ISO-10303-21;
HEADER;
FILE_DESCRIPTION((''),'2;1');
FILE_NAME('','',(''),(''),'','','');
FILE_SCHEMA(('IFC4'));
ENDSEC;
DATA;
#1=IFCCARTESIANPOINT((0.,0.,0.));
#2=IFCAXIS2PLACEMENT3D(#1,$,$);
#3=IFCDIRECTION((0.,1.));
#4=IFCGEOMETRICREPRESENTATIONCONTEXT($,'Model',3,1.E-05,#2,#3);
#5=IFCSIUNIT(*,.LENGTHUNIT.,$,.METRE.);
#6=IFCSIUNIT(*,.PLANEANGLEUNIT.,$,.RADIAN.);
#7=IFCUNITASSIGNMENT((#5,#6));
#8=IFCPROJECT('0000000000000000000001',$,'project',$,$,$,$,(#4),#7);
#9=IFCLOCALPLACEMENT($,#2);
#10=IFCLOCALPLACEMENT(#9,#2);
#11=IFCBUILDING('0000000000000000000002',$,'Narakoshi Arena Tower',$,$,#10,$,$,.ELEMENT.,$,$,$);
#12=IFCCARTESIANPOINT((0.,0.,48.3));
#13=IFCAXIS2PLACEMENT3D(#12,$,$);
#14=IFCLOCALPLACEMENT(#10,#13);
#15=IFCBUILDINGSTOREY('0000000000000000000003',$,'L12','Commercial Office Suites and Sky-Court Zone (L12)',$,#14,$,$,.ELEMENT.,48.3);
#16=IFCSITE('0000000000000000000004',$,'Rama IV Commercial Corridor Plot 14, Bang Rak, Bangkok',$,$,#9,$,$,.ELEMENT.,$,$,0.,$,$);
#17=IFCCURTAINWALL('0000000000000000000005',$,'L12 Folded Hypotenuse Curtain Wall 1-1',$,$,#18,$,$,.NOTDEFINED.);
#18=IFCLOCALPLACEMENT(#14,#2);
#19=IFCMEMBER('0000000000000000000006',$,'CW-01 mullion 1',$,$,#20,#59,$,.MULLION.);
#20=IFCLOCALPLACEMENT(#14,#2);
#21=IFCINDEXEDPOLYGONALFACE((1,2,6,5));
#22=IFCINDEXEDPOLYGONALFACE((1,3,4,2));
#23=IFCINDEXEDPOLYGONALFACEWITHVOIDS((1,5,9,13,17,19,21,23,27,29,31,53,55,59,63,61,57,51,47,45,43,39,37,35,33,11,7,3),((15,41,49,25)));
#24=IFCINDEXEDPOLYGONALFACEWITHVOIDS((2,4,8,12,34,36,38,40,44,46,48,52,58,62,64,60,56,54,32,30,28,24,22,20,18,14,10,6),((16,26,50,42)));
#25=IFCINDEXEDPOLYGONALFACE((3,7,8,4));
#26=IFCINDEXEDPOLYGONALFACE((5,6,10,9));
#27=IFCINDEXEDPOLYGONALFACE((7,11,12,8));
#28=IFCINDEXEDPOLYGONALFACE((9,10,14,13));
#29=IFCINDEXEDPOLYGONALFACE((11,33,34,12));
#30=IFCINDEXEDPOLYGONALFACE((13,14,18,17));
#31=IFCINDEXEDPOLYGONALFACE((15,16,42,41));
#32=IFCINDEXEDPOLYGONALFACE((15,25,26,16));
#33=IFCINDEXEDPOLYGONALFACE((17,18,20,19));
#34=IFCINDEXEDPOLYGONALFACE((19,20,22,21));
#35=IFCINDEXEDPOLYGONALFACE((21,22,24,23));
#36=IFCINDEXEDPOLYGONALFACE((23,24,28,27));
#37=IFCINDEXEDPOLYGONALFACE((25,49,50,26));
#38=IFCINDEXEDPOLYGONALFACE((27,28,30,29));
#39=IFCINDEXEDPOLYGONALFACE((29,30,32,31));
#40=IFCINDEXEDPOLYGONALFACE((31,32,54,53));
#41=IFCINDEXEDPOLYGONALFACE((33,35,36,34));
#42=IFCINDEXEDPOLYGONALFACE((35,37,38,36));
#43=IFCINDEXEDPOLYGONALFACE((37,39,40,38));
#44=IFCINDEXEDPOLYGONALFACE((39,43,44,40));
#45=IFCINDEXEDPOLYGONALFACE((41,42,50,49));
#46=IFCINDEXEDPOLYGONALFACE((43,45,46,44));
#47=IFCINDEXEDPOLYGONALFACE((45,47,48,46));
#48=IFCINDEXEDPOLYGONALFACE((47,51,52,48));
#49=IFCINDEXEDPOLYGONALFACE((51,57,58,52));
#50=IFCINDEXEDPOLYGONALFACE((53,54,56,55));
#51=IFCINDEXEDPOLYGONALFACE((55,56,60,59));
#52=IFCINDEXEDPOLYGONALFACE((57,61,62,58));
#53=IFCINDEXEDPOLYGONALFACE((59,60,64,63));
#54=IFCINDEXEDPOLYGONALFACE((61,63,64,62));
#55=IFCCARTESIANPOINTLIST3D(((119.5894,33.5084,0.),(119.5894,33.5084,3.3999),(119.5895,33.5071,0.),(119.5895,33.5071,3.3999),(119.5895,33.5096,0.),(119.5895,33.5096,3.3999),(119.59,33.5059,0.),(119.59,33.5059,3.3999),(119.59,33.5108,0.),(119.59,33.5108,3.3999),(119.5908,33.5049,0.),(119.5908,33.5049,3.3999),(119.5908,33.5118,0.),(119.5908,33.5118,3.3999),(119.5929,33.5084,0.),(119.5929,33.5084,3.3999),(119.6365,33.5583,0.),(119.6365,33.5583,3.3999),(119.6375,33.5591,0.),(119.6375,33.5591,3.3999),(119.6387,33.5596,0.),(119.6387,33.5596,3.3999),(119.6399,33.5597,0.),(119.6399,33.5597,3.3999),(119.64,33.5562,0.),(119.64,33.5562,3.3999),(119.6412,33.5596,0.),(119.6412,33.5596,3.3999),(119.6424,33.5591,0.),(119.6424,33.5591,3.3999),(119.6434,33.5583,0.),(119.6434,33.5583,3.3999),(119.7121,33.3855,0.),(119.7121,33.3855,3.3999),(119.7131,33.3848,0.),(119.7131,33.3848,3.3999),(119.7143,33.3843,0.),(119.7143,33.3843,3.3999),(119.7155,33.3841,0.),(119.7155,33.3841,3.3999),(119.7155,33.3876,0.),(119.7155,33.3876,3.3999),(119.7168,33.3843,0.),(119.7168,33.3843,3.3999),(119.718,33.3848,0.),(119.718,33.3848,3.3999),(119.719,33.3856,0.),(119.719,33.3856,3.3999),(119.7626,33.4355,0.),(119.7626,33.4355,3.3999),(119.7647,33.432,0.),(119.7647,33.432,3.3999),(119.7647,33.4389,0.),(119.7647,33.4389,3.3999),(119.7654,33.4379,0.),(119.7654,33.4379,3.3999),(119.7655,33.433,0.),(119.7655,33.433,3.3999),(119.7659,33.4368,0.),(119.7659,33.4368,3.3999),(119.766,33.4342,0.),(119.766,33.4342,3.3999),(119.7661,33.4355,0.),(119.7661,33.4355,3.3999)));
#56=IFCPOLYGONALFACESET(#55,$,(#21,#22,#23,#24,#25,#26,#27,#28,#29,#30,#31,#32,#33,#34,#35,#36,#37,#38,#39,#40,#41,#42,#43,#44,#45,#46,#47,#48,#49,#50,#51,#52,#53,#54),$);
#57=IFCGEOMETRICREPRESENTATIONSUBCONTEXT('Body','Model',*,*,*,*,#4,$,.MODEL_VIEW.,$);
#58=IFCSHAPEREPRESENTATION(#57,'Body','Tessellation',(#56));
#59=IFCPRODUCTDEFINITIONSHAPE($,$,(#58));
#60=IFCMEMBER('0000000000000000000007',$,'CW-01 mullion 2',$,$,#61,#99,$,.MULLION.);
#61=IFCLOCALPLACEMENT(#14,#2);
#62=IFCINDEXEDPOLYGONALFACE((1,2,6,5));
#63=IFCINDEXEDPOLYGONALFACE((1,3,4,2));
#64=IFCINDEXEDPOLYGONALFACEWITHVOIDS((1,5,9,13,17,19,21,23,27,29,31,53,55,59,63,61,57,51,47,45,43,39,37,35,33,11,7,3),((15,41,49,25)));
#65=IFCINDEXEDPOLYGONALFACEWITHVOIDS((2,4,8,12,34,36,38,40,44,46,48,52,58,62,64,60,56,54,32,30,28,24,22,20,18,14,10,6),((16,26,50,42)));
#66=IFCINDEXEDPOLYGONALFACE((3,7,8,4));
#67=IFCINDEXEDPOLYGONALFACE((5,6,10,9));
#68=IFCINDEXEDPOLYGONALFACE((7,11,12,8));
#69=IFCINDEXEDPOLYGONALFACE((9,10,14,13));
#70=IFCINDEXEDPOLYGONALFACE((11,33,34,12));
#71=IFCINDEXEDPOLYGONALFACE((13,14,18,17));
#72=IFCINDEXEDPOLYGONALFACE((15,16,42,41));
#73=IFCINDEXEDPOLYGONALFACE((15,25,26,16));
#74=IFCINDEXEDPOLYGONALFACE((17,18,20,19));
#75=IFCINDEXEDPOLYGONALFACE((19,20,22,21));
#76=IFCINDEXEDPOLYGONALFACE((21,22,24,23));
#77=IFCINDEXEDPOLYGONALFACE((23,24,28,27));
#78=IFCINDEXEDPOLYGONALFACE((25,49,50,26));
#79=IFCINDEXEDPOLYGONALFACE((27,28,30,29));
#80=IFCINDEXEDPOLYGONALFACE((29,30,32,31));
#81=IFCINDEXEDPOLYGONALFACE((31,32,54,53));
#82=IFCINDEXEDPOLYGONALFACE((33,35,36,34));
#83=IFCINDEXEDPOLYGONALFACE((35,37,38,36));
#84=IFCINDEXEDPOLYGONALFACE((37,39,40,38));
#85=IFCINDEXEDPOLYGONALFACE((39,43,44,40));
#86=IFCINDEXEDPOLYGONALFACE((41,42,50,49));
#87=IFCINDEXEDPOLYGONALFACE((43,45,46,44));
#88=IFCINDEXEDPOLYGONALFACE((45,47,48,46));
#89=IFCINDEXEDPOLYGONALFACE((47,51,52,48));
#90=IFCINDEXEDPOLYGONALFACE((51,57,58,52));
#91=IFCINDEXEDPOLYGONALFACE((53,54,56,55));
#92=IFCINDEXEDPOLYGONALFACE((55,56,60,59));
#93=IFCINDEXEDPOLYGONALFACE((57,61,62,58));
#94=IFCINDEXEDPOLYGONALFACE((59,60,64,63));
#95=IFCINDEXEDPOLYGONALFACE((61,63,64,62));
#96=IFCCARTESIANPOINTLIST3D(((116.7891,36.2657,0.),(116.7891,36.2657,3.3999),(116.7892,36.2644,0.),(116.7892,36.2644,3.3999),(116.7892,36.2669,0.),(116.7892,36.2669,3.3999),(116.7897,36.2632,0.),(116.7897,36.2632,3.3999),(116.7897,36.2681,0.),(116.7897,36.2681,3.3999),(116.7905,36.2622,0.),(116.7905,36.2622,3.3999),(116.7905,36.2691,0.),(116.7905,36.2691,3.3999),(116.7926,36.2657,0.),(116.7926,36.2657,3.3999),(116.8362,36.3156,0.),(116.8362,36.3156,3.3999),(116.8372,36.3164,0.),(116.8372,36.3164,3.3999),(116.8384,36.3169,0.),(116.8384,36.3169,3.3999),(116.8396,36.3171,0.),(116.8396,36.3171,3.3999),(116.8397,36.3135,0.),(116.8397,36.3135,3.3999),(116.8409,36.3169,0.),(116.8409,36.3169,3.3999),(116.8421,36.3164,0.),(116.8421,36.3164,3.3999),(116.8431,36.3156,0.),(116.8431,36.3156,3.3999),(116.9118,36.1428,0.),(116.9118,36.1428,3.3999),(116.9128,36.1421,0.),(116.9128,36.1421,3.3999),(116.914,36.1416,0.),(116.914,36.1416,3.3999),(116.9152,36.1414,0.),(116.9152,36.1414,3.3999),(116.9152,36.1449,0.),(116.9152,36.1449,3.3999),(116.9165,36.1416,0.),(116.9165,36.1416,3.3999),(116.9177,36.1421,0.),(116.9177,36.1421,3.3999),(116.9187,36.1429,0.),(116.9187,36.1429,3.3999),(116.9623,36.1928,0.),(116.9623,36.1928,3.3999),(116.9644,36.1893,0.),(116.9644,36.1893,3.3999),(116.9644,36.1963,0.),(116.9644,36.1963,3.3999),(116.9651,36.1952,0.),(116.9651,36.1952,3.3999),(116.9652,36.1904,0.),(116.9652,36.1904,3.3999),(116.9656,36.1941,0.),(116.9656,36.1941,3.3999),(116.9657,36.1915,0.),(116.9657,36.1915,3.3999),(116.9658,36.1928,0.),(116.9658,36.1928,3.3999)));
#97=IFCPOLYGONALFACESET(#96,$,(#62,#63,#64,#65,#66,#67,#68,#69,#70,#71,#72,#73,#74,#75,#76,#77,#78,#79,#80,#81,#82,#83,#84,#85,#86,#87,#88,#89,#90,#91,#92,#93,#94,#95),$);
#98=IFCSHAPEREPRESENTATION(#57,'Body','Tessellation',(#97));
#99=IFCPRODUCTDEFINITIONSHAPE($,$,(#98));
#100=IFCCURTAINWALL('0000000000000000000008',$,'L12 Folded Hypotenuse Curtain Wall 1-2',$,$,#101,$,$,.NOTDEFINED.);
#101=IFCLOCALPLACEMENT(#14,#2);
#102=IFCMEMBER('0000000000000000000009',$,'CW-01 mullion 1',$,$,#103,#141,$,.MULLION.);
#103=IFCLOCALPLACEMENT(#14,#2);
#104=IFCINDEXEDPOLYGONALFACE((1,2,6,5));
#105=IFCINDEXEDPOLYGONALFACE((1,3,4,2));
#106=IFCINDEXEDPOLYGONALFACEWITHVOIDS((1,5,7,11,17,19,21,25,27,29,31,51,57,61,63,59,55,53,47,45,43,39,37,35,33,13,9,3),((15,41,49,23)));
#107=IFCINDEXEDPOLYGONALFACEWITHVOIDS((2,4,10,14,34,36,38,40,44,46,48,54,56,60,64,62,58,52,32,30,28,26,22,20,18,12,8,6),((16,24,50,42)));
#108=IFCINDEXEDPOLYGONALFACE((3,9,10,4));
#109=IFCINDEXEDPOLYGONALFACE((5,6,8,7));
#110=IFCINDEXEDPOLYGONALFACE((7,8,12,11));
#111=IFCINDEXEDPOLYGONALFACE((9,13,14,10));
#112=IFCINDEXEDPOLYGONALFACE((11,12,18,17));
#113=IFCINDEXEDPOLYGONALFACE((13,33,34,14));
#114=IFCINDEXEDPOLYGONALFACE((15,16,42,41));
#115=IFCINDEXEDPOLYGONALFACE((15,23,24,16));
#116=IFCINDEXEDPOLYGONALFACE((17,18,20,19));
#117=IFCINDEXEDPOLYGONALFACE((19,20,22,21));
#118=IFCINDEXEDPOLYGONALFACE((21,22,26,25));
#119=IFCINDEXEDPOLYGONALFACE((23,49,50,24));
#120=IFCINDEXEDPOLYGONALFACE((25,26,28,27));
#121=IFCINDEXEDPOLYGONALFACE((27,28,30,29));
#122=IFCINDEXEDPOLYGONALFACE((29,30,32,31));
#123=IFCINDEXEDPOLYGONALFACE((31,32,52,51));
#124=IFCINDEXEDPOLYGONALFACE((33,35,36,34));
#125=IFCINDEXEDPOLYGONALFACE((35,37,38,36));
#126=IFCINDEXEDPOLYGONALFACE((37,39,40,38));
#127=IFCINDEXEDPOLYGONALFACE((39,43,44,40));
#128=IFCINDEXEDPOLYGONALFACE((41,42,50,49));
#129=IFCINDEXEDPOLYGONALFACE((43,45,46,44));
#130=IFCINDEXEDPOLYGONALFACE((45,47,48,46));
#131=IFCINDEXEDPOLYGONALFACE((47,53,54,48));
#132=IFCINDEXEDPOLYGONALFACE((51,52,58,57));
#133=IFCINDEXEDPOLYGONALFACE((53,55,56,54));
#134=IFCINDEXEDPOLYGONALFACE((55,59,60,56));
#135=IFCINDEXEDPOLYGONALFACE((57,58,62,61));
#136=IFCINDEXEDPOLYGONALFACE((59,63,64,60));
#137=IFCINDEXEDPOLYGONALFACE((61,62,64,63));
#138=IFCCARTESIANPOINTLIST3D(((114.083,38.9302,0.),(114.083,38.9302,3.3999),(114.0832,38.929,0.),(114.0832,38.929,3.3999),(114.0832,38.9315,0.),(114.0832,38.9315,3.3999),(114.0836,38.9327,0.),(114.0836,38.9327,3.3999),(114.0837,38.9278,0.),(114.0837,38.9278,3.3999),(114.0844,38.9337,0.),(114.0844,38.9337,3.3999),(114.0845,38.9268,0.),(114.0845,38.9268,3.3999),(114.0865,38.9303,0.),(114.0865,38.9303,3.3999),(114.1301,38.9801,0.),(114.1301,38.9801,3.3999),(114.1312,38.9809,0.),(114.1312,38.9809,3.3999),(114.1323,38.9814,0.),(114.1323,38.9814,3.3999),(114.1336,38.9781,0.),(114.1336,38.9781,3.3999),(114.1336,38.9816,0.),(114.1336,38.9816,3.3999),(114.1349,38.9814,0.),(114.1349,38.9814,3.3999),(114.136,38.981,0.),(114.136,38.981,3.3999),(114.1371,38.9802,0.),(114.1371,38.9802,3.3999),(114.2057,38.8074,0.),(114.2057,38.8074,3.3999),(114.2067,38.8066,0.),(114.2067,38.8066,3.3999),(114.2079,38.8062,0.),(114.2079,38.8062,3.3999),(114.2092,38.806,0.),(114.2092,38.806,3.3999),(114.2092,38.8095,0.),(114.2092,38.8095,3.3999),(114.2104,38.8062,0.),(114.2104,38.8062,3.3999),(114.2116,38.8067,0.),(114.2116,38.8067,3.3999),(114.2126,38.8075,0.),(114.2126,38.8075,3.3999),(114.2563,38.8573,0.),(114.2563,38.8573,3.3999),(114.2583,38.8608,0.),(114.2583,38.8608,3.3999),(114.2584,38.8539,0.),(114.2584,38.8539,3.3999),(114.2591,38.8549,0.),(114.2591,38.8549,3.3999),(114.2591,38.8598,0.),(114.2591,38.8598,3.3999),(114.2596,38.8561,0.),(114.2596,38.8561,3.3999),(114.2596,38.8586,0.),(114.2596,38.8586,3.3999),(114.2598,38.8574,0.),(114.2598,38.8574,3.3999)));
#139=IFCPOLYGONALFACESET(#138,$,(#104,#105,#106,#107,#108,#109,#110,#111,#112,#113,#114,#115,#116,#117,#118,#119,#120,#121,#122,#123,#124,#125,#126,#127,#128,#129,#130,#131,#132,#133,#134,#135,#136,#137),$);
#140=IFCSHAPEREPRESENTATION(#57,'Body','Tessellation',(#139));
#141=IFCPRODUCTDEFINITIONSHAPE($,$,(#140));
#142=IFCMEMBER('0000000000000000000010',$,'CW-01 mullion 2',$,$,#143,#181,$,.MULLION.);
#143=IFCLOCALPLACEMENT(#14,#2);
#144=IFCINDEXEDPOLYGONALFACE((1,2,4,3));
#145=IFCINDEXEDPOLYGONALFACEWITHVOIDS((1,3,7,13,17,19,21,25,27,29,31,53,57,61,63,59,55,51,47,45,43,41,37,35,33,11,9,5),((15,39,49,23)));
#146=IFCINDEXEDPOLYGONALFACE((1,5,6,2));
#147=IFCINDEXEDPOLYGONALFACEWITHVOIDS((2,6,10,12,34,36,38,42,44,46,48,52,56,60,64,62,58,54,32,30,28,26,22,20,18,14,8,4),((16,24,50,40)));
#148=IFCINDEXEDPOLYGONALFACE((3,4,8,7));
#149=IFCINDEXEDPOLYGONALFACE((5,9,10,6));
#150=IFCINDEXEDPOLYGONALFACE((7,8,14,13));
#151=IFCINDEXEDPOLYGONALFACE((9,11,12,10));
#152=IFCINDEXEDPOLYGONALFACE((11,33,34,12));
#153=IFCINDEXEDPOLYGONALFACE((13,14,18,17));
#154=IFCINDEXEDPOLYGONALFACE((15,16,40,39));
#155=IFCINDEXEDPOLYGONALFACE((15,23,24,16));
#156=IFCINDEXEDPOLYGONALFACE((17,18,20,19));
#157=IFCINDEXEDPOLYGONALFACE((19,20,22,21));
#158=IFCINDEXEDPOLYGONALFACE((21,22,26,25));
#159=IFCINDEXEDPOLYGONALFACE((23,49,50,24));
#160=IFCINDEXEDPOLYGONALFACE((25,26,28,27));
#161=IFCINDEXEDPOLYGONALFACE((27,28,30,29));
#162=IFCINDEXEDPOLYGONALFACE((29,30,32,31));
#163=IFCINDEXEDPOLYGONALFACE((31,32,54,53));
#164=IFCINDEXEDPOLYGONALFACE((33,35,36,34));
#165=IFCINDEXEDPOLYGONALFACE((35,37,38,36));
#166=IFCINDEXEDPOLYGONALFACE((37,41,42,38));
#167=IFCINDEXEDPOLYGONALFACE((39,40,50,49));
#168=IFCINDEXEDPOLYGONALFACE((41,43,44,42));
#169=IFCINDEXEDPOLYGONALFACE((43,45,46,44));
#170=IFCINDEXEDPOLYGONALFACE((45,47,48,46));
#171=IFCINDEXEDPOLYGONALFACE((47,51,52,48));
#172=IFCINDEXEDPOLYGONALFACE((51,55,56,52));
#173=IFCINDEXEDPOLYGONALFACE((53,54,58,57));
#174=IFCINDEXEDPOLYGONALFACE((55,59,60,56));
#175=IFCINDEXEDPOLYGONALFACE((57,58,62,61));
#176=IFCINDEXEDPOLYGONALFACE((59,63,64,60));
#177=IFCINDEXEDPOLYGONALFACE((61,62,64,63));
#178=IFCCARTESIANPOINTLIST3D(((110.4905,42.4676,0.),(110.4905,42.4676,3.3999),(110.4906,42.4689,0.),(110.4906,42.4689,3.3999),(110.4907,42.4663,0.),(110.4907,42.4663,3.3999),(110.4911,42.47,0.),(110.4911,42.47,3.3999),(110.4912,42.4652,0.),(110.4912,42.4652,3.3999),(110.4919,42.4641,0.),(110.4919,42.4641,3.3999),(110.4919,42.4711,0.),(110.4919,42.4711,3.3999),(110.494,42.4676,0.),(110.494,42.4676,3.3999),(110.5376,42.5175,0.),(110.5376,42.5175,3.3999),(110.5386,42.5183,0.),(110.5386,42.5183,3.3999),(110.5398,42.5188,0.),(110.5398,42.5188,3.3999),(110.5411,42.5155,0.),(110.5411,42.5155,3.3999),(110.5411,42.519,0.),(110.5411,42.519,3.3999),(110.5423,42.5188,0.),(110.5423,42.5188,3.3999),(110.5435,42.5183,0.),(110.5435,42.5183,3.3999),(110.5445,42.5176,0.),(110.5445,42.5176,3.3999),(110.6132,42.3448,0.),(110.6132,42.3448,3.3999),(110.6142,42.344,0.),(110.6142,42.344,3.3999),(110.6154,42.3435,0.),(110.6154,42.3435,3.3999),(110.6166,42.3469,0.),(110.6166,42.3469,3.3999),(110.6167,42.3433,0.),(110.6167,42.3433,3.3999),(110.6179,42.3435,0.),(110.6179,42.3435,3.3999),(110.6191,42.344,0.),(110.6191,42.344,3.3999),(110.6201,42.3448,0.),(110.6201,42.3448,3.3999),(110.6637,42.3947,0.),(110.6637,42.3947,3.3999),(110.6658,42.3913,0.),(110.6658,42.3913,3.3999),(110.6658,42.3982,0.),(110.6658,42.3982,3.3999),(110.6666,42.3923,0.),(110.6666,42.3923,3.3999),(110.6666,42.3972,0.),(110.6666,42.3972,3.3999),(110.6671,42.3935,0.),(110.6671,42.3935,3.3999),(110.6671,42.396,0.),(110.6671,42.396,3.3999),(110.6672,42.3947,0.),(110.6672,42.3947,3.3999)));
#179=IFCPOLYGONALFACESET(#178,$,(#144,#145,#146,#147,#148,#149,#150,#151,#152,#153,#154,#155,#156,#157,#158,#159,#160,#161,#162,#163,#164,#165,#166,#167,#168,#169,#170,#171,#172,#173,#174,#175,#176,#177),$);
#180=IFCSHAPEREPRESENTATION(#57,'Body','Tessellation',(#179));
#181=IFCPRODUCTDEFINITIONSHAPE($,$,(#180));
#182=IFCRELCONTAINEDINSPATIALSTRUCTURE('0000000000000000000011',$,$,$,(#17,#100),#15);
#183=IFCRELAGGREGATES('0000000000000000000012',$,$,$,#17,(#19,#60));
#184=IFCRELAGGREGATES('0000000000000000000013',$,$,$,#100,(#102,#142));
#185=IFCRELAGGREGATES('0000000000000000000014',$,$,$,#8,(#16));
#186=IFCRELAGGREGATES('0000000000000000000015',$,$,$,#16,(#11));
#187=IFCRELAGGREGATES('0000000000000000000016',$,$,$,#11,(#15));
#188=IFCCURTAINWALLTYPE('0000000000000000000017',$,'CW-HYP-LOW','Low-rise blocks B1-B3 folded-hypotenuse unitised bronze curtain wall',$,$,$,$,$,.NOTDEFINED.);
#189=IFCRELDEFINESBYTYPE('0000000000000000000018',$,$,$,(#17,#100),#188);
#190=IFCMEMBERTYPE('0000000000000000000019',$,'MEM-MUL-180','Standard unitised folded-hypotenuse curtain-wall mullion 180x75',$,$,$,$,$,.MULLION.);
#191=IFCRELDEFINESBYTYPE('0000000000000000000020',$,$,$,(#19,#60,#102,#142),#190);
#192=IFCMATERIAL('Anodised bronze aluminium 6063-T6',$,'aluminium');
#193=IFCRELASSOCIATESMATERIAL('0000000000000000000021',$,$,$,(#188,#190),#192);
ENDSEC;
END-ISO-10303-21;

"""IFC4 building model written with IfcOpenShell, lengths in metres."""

from ifc_helpers import new_model, si_unit, direction, frame, origin, origin_2d, place, context, subcontext, project, spatial, hollow_rectangle, extrude, material, material_profile, profile_set, type_object, element, aggregate, save


model = new_model("IFC4")

# Units and contexts
model_context = context("Model", 3, precision=1e-05, world=origin(), true_north=direction((0.0, 1.0)))
body_context = subcontext(model_context, "Body", "Model", "MODEL_VIEW")
ifc_project = project(units=[si_unit("LENGTHUNIT", "METRE"), si_unit("PLANEANGLEUNIT", "RADIAN")], contexts=[model_context])

# Site, building, storey
site_placement = place(None, origin())
site = spatial("IfcSite", under=ifc_project, at=site_placement, Name="Rama IV Commercial Corridor Plot 14, Bang Rak, Bangkok", CompositionType="ELEMENT", RefElevation=0.0)
building_placement = place(site_placement, origin())
building = spatial("IfcBuilding", under=site, at=building_placement, Name="Narakoshi Arena Tower", CompositionType="ELEMENT")
storey_placement = place(building_placement, frame((0.0, 0.0, 48.3)))
storey = spatial("IfcBuildingStorey", under=building, at=storey_placement, Name="L12", Description="Commercial Office Suites and Sky-Court Zone (L12)", CompositionType="ELEMENT", Elevation=48.3)

# Curtain walls, members
ifc_material_1 = material(Name="Anodised bronze aluminium 6063-T6", Category="aluminium")
curtain_wall_type = type_object("IfcCurtainWallType", Name="CW-HYP-LOW", Description="Low-rise blocks B1-B3 folded-hypotenuse unitised bronze curtain wall", PredefinedType="NOTDEFINED", material=ifc_material_1)
curtain_wall_1_placement = place(storey_placement, origin())
curtain_wall_1 = element("IfcCurtainWall", 1, at=curtain_wall_1_placement, inside=storey, type_object=curtain_wall_type, Name="L12 Folded Hypotenuse Curtain Wall 1-1", PredefinedType="NOTDEFINED")
ifc_material_profile_1 = material_profile(ifc_material_1, hollow_rectangle(XDim=0.075, YDim=0.1799, WallThickness=0.0039, OuterFilletRadius=0.0049, at=origin_2d()), Name="MUL180x75x4")
ifc_profile_set_1 = profile_set([ifc_material_profile_1], Name="Anodised bronze aluminium 6063-T6")
member_type_1 = type_object("IfcMemberType", Name="MEM-MUL-180", Description="Standard unitised folded-hypotenuse curtain-wall mullion 180x75", PredefinedType="MULLION", material=ifc_profile_set_1)
member_1_placement = place(storey_placement, frame((119.6777, 33.4719, 0.0), z_axis=(0.0, 0.0, 1.0), x_axis=(-0.70163, -0.712541, 0.0)))
member_1 = element("IfcMember", 2, at=member_1_placement, type_object=member_type_1, Name="CW-01 mullion 1", PredefinedType="MULLION", context=body_context, shape_type="SweptSolid", body=[
    extrude(hollow_rectangle(XDim=0.075, YDim=0.1799, WallThickness=0.0039, OuterFilletRadius=0.0049, at=origin_2d()), origin(), (0.0, 0.0, 1.0), 3.3999),
])
member_2_placement = place(storey_placement, frame((116.8774, 36.2292, 0.0), z_axis=(0.0, 0.0, 1.0), x_axis=(-0.70163, -0.712541, 0.0)))
member_2 = element("IfcMember", 3, at=member_2_placement, type_object=member_type_1, Name="CW-01 mullion 2", PredefinedType="MULLION", context=body_context, shape_type="SweptSolid", body=[
    extrude(hollow_rectangle(XDim=0.075, YDim=0.1799, WallThickness=0.0039, OuterFilletRadius=0.0049, at=origin_2d()), origin(), (0.0, 0.0, 1.0), 3.3999),
])
curtain_wall_2_placement = place(storey_placement, origin())
curtain_wall_2 = element("IfcCurtainWall", 4, at=curtain_wall_2_placement, inside=storey, type_object=curtain_wall_type, Name="L12 Folded Hypotenuse Curtain Wall 1-2", PredefinedType="NOTDEFINED")
member_3_placement = place(storey_placement, frame((114.1714, 38.8938, 0.0), z_axis=(0.0, 0.0, 1.0), x_axis=(-0.701623, -0.712548, 0.0)))
member_3 = element("IfcMember", 5, at=member_3_placement, type_object=member_type_1, Name="CW-01 mullion 1", PredefinedType="MULLION", context=body_context, shape_type="SweptSolid", body=[
    extrude(hollow_rectangle(XDim=0.075, YDim=0.1799, WallThickness=0.0039, OuterFilletRadius=0.0049, at=origin_2d()), origin(), (0.0, 0.0, 1.0), 3.3999),
])
member_4_placement = place(storey_placement, frame((110.5789, 42.4312, 0.0), z_axis=(0.0, 0.0, 1.0), x_axis=(-0.701623, -0.712548, 0.0)))
member_4 = element("IfcMember", 6, at=member_4_placement, type_object=member_type_1, Name="CW-01 mullion 2", PredefinedType="MULLION", context=body_context, shape_type="SweptSolid", body=[
    extrude(hollow_rectangle(XDim=0.075, YDim=0.1799, WallThickness=0.0039, OuterFilletRadius=0.0049, at=origin_2d()), origin(), (0.0, 0.0, 1.0), 3.3999),
])

aggregate(curtain_wall_1, [member_1, member_2])
aggregate(curtain_wall_2, [member_3, member_4])

save(model, "model.ifc")
